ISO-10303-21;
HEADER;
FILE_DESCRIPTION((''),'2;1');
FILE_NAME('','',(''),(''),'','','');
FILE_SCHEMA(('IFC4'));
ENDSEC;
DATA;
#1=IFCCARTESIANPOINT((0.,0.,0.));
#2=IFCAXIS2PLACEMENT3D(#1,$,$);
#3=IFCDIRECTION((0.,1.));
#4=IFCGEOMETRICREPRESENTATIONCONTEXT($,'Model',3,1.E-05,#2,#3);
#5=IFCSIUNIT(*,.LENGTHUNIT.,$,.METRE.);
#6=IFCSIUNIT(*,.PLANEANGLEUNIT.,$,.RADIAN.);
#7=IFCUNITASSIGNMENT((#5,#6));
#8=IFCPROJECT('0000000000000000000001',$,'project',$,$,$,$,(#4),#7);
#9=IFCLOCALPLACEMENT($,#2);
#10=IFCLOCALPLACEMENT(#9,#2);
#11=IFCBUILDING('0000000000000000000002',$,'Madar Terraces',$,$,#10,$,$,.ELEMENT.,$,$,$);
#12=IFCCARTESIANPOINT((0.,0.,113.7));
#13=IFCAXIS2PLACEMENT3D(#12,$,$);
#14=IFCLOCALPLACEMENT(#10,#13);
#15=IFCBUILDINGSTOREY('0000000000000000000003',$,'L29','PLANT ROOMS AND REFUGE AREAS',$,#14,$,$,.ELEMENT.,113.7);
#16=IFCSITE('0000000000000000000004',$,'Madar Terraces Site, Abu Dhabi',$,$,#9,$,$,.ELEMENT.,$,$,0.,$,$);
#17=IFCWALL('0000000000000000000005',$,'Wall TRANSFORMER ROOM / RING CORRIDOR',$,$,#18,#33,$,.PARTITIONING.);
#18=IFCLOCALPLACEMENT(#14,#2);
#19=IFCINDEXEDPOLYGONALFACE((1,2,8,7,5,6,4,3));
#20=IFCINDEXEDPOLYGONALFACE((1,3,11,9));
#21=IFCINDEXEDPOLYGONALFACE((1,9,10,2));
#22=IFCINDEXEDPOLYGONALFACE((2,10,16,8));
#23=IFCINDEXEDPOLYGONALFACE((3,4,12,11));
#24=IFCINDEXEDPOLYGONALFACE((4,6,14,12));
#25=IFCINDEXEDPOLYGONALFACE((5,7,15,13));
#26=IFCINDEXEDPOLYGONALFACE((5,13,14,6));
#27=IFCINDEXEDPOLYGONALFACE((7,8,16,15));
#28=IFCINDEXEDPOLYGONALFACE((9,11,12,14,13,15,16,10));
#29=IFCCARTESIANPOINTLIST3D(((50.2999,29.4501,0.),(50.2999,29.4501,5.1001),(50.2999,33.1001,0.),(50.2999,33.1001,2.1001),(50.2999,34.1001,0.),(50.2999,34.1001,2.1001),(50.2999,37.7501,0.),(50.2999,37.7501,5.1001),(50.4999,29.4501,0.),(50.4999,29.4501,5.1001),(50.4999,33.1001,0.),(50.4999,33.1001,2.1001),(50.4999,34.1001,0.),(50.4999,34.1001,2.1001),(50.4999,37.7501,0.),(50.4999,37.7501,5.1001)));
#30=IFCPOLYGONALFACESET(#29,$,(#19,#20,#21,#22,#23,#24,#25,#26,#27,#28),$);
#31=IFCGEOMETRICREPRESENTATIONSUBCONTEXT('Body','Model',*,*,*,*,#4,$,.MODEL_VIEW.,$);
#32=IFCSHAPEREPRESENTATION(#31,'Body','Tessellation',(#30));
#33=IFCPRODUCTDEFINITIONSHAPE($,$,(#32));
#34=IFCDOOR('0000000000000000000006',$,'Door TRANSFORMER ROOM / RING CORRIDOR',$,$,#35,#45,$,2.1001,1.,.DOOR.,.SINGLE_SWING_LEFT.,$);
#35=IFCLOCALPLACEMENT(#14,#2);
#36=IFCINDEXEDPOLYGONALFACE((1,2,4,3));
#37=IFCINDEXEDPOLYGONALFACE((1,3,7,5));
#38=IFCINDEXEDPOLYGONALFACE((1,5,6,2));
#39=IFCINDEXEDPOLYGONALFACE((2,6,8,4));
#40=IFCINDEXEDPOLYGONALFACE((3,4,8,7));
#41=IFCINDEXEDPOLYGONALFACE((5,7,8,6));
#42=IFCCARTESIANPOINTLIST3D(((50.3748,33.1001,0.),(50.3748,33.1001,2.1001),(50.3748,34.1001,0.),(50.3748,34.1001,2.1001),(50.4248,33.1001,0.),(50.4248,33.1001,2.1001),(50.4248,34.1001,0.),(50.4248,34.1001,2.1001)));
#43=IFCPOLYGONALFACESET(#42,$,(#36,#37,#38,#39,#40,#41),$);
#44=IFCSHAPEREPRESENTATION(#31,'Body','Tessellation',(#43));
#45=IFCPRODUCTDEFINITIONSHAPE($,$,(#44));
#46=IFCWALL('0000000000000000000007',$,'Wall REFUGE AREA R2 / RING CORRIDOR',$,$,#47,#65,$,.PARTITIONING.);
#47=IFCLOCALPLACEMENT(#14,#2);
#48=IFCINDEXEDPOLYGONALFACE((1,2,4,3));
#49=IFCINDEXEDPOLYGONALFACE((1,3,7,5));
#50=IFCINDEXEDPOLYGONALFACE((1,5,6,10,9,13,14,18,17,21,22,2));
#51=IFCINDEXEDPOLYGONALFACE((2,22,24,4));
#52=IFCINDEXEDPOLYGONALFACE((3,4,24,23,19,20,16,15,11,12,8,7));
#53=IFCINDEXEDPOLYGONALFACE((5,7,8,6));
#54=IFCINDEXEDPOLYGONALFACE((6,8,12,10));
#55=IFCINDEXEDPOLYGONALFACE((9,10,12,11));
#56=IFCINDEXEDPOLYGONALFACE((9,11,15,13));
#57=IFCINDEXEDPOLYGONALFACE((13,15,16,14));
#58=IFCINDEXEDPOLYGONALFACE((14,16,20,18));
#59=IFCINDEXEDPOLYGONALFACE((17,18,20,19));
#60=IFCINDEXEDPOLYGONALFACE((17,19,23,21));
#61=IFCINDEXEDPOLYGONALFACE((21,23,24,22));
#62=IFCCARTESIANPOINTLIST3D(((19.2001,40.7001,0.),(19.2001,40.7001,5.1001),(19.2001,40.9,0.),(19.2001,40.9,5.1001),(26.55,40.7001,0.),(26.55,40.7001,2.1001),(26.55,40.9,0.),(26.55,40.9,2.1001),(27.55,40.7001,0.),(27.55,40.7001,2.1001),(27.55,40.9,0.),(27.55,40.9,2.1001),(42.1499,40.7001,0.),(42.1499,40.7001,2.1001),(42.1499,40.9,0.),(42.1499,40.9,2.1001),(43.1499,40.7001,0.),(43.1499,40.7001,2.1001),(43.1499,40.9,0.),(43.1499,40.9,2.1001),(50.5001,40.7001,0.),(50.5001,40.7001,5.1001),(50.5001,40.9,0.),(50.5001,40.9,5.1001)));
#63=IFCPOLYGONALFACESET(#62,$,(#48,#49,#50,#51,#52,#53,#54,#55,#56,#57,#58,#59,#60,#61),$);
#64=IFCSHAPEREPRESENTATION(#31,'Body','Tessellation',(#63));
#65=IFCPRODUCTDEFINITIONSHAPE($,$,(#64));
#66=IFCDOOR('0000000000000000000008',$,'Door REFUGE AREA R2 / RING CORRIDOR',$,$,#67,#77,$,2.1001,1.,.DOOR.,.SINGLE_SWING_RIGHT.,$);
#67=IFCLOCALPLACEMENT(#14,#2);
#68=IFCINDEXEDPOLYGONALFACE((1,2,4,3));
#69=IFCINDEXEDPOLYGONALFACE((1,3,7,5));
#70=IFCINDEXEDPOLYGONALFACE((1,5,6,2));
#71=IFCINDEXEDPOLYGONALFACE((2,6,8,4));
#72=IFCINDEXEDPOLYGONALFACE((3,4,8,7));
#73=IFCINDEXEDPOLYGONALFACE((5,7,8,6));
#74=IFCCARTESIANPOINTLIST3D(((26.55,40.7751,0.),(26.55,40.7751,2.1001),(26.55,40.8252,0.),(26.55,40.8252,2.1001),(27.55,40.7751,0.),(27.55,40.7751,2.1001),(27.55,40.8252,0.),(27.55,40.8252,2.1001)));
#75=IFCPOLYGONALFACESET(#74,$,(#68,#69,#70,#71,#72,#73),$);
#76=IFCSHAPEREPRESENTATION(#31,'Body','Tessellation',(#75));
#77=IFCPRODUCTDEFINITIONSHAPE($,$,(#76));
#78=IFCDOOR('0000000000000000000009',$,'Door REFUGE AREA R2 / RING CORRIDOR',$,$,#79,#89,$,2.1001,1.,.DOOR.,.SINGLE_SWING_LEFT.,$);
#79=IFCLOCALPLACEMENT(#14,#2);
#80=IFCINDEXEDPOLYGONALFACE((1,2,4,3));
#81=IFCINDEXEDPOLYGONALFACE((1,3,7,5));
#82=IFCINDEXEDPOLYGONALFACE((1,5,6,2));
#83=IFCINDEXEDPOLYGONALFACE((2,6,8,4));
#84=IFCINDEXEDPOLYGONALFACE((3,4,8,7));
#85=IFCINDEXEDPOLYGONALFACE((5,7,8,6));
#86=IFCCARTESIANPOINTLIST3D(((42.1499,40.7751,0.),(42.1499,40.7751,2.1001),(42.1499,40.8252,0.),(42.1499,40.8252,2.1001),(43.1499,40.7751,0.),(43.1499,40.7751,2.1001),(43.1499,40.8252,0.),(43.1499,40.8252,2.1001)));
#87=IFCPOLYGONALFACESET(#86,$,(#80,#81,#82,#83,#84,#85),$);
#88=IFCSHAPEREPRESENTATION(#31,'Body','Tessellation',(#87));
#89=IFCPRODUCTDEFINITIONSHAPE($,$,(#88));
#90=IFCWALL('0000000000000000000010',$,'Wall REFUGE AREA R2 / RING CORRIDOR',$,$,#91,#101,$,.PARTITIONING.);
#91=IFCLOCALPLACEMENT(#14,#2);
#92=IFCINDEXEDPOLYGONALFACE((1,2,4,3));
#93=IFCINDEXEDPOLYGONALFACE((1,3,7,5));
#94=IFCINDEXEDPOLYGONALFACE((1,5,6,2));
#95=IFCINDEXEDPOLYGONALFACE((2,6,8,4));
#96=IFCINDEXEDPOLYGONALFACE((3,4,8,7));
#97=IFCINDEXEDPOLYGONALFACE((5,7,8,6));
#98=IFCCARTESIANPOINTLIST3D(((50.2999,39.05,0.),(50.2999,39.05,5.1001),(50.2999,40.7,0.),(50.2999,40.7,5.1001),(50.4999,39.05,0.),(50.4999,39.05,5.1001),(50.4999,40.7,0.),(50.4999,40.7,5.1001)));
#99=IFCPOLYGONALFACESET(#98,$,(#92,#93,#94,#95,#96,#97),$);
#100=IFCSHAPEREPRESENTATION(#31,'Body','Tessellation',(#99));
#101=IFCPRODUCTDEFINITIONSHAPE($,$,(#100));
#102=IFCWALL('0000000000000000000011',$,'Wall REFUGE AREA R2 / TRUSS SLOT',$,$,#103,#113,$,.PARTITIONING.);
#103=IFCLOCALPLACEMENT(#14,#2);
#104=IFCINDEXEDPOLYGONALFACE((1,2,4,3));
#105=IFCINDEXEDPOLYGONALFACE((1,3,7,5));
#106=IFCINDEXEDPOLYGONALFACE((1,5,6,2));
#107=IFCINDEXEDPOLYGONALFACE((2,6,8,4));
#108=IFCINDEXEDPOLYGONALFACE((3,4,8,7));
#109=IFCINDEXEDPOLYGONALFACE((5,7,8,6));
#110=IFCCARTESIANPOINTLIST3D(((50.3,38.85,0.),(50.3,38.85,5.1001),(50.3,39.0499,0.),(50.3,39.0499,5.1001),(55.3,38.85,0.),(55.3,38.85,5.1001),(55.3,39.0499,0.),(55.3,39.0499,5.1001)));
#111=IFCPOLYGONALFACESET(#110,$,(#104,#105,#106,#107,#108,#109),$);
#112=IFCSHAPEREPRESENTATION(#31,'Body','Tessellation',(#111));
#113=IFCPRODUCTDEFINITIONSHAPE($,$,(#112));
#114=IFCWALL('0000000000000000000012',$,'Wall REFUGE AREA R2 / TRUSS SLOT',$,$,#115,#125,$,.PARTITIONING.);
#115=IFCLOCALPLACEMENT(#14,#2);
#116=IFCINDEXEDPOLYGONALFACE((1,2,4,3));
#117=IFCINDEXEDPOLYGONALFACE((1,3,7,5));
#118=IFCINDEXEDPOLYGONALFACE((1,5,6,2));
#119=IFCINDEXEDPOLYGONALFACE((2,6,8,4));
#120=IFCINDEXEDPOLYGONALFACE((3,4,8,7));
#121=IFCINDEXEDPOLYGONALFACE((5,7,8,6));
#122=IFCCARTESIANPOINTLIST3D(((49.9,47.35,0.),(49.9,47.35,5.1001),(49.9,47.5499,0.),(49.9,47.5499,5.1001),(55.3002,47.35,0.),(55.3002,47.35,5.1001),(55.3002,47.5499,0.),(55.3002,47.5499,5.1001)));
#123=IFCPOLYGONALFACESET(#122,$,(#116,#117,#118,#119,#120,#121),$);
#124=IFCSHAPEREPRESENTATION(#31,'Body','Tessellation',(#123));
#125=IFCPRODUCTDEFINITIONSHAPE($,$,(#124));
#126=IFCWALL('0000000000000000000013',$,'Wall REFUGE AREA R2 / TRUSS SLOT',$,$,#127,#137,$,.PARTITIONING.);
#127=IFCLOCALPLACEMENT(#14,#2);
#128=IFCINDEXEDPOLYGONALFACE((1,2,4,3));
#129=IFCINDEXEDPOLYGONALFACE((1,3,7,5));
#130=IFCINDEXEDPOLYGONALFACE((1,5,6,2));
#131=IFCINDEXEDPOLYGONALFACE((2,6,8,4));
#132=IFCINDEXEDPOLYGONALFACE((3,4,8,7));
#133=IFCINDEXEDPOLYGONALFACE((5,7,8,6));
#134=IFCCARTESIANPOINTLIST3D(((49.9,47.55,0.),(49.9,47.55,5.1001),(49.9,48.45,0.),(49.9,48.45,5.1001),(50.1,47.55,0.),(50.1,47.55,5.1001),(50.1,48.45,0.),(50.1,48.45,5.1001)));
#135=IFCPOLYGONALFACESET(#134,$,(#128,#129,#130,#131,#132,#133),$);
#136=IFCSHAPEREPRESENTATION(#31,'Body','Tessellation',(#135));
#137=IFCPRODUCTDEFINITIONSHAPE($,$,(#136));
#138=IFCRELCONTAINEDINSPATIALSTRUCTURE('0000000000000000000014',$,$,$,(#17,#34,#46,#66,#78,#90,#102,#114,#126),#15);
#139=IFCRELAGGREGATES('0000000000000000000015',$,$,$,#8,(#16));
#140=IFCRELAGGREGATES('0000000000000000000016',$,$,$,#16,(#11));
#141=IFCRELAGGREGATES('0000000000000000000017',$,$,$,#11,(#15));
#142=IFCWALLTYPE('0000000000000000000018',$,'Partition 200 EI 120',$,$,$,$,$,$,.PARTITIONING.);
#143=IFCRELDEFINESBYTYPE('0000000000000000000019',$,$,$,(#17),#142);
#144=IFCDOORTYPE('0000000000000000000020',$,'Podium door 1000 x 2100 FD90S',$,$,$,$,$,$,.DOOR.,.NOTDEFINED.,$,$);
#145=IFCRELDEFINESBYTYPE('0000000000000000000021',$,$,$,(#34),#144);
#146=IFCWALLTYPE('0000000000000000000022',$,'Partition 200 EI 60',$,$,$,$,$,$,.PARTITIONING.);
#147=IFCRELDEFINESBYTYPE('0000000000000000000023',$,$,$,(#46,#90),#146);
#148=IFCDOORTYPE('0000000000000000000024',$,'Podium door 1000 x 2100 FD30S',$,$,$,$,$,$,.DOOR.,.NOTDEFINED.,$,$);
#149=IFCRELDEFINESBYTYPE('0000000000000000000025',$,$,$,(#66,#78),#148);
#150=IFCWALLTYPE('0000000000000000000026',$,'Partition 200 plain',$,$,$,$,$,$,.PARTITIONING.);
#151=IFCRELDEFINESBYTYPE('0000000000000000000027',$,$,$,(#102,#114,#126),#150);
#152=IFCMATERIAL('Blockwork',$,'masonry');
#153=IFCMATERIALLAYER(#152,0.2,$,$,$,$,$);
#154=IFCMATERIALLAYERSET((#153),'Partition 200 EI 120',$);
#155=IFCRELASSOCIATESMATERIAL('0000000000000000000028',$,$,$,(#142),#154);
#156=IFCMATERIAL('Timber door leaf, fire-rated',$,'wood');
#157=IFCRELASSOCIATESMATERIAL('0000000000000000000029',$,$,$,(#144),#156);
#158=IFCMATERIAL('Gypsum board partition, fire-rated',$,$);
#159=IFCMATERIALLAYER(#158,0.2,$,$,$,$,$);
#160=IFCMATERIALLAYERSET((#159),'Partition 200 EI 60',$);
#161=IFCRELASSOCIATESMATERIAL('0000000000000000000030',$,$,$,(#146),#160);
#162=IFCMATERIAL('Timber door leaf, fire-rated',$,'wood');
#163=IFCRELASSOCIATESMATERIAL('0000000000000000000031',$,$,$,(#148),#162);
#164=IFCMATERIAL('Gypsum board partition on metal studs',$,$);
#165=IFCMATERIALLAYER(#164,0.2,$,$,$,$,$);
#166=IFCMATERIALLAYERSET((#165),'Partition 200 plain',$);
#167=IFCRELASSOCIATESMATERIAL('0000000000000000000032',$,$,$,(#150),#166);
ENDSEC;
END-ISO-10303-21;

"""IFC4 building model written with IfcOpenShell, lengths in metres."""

from ifc_helpers import new_model, si_unit, direction, frame, frame_2d, origin, place, context, subcontext, project, spatial, rectangle, extrude, material, layer, layer_set, type_object, element, fill, save


model = new_model("IFC4")

# Units and contexts
model_context = context("Model", 3, precision=1e-05, world=origin(), true_north=direction((0.0, 1.0)))
body_context = subcontext(model_context, "Body", "Model", "MODEL_VIEW")
ifc_project = project(units=[si_unit("LENGTHUNIT", "METRE"), si_unit("PLANEANGLEUNIT", "RADIAN")], contexts=[model_context])

# Site, building, storey
site_placement = place(None, origin())
site = spatial("IfcSite", under=ifc_project, at=site_placement, Name="Madar Terraces Site, Abu Dhabi", CompositionType="ELEMENT", RefElevation=0.0)
building_placement = place(site_placement, origin())
building = spatial("IfcBuilding", under=site, at=building_placement, Name="Madar Terraces", CompositionType="ELEMENT")
storey_placement = place(building_placement, frame((0.0, 0.0, 113.7)))
storey = spatial("IfcBuildingStorey", under=building, at=storey_placement, Name="L29", Description="PLANT ROOMS AND REFUGE AREAS", CompositionType="ELEMENT", Elevation=113.7)

# Shared definitions
ifc_material_1 = material(Name="Blockwork", Category="masonry")
ifc_layer_1 = layer(ifc_material_1, 0.2)
ifc_layer_set_1 = layer_set([ifc_layer_1], Name="Partition 200 EI 120")
wall_type_1 = type_object("IfcWallType", Name="Partition 200 EI 120", PredefinedType="PARTITIONING", material=ifc_layer_set_1)

# Wall, opening, door
wall_1_placement = place(storey_placement, frame((50.3999, 37.75, 0.0), z_axis=(0.0, 0.0, 1.0), x_axis=(0.0, -1.0, 0.0)))
wall_1 = element("IfcWall", 1, at=wall_1_placement, inside=storey, type_object=wall_type_1, Name="Wall TRANSFORMER ROOM / RING CORRIDOR", PredefinedType="PARTITIONING", context=body_context, shape_type="SweptSolid", body=[
    extrude(rectangle(XDim=8.3, YDim=0.2, at=frame_2d((4.1499, 0.0))), origin(), (0.0, 0.0, 1.0), 5.1001),
])
opening_1_placement = place(wall_1_placement, frame((3.6499, 0.0, 0.0)))
opening_1 = element("IfcOpeningElement", 2, at=opening_1_placement, cuts=wall_1, PredefinedType="OPENING", context=body_context, shape_type="SweptSolid", body=[
    extrude(rectangle(XDim=1.0, YDim=2.1001, at=frame_2d((0.5, 1.05))), frame((0.0, 0.1099, 0.0), z_axis=(0.0, -1.0, 0.0), x_axis=(1.0, 0.0, 0.0)), (0.0, 0.0, 1.0), 0.22),
])
ifc_material_2 = material(Name="Timber door leaf, fire-rated", Category="wood")
door_type_1 = type_object("IfcDoorType", Name="Podium door 1000 x 2100 FD90S", OperationType="NOTDEFINED", PredefinedType="DOOR", material=ifc_material_2)
door_1_placement = place(opening_1_placement, origin())
door_1 = element("IfcDoor", 3, at=door_1_placement, inside=storey, type_object=door_type_1, Name="Door TRANSFORMER ROOM / RING CORRIDOR", OperationType="SINGLE_SWING_LEFT", OverallHeight=2.1001, OverallWidth=1.0, PredefinedType="DOOR", context=body_context, shape_type="SweptSolid", body=[
    extrude(rectangle(XDim=1.0, YDim=2.1001, at=frame_2d((0.5, 1.05))), frame((0.0, 0.0249, 0.0), z_axis=(0.0, -1.0, 0.0), x_axis=(1.0, 0.0, 0.0)), (0.0, 0.0, 1.0), 0.05),
])
fill(opening_1, door_1)

# Wall, openings, doors
ifc_material_3 = material(Name="Gypsum board partition, fire-rated")
ifc_layer_2 = layer(ifc_material_3, 0.2)
ifc_layer_set_2 = layer_set([ifc_layer_2], Name="Partition 200 EI 60")
wall_type_2 = type_object("IfcWallType", Name="Partition 200 EI 60", PredefinedType="PARTITIONING", material=ifc_layer_set_2)
wall_2_placement = place(storey_placement, frame((50.5, 40.8, 0.0), z_axis=(0.0, 0.0, 1.0), x_axis=(-1.0, 0.0, 0.0)))
wall_2 = element("IfcWall", 4, at=wall_2_placement, inside=storey, type_object=wall_type_2, Name="Wall REFUGE AREA R2 / RING CORRIDOR", PredefinedType="PARTITIONING", context=body_context, shape_type="SweptSolid", body=[
    extrude(rectangle(XDim=31.3, YDim=0.2, at=frame_2d((15.6499, 0.0))), origin(), (0.0, 0.0, 1.0), 5.1001),
])
opening_2_placement = place(wall_2_placement, frame((22.95, 0.0, 0.0)))
opening_2 = element("IfcOpeningElement", 5, at=opening_2_placement, cuts=wall_2, PredefinedType="OPENING", context=body_context, shape_type="SweptSolid", body=[
    extrude(rectangle(XDim=1.0, YDim=2.1001, at=frame_2d((0.5, 1.05))), frame((0.0, 0.1099, 0.0), z_axis=(0.0, -1.0, 0.0), x_axis=(1.0, 0.0, 0.0)), (0.0, 0.0, 1.0), 0.22),
])
opening_3_placement = place(wall_2_placement, frame((7.3501, 0.0, 0.0)))
opening_3 = element("IfcOpeningElement", 6, at=opening_3_placement, cuts=wall_2, PredefinedType="OPENING", context=body_context, shape_type="SweptSolid", body=[
    extrude(rectangle(XDim=1.0, YDim=2.1001, at=frame_2d((0.5, 1.05))), frame((0.0, 0.1099, 0.0), z_axis=(0.0, -1.0, 0.0), x_axis=(1.0, 0.0, 0.0)), (0.0, 0.0, 1.0), 0.22),
])
ifc_material_4 = material(Name="Timber door leaf, fire-rated", Category="wood")
door_type_2 = type_object("IfcDoorType", Name="Podium door 1000 x 2100 FD30S", OperationType="NOTDEFINED", PredefinedType="DOOR", material=ifc_material_4)
door_2_placement = place(opening_2_placement, origin())
door_2 = element("IfcDoor", 7, at=door_2_placement, inside=storey, type_object=door_type_2, Name="Door REFUGE AREA R2 / RING CORRIDOR", OperationType="SINGLE_SWING_RIGHT", OverallHeight=2.1001, OverallWidth=1.0, PredefinedType="DOOR", context=body_context, shape_type="SweptSolid", body=[
    extrude(rectangle(XDim=1.0, YDim=2.1001, at=frame_2d((0.5, 1.05))), frame((0.0, 0.0249, 0.0), z_axis=(0.0, -1.0, 0.0), x_axis=(1.0, 0.0, 0.0)), (0.0, 0.0, 1.0), 0.05),
])
fill(opening_2, door_2)
door_3_placement = place(opening_3_placement, origin())
door_3 = element("IfcDoor", 8, at=door_3_placement, inside=storey, type_object=door_type_2, Name="Door REFUGE AREA R2 / RING CORRIDOR", OperationType="SINGLE_SWING_LEFT", OverallHeight=2.1001, OverallWidth=1.0, PredefinedType="DOOR", context=body_context, shape_type="SweptSolid", body=[
    extrude(rectangle(XDim=1.0, YDim=2.1001, at=frame_2d((0.5, 1.05))), frame((0.0, 0.0249, 0.0), z_axis=(0.0, -1.0, 0.0), x_axis=(1.0, 0.0, 0.0)), (0.0, 0.0, 1.0), 0.05),
])
fill(opening_3, door_3)

# Walls
wall_3_placement = place(storey_placement, frame((50.3999, 39.05, 0.0), z_axis=(0.0, 0.0, 1.0), x_axis=(0.0, 1.0, 0.0)))
element("IfcWall", 9, at=wall_3_placement, inside=storey, type_object=wall_type_2, Name="Wall REFUGE AREA R2 / RING CORRIDOR", PredefinedType="PARTITIONING", context=body_context, shape_type="SweptSolid", body=[
    extrude(rectangle(XDim=1.6499, YDim=0.2, at=frame_2d((0.825, 0.0))), origin(), (0.0, 0.0, 1.0), 5.1001),
])
ifc_material_5 = material(Name="Gypsum board partition on metal studs")
ifc_layer_3 = layer(ifc_material_5, 0.2)
ifc_layer_set_3 = layer_set([ifc_layer_3], Name="Partition 200 plain")
wall_type_3 = type_object("IfcWallType", Name="Partition 200 plain", PredefinedType="PARTITIONING", material=ifc_layer_set_3)
wall_4_placement = place(storey_placement, frame((50.3, 38.95, 0.0), z_axis=(0.0, 0.0, 1.0), x_axis=(1.0, 0.0, 0.0)))
element("IfcWall", 10, at=wall_4_placement, inside=storey, type_object=wall_type_3, Name="Wall REFUGE AREA R2 / TRUSS SLOT", PredefinedType="PARTITIONING", context=body_context, shape_type="SweptSolid", body=[
    extrude(rectangle(XDim=5.0, YDim=0.2, at=frame_2d((2.5, 0.0))), origin(), (0.0, 0.0, 1.0), 5.1001),
])
wall_5_placement = place(storey_placement, frame((49.8999, 47.45, 0.0), z_axis=(0.0, 0.0, 1.0), x_axis=(1.0, 0.0, 0.0)))
element("IfcWall", 11, at=wall_5_placement, inside=storey, type_object=wall_type_3, Name="Wall REFUGE AREA R2 / TRUSS SLOT", PredefinedType="PARTITIONING", context=body_context, shape_type="SweptSolid", body=[
    extrude(rectangle(XDim=5.4001, YDim=0.2, at=frame_2d((2.7002, 0.0))), origin(), (0.0, 0.0, 1.0), 5.1001),
])
wall_6_placement = place(storey_placement, frame((50.0, 47.55, 0.0), z_axis=(0.0, 0.0, 1.0), x_axis=(0.0, 1.0, 0.0)))
element("IfcWall", 12, at=wall_6_placement, inside=storey, type_object=wall_type_3, Name="Wall REFUGE AREA R2 / TRUSS SLOT", PredefinedType="PARTITIONING", context=body_context, shape_type="SweptSolid", body=[
    extrude(rectangle(XDim=0.8999, YDim=0.2, at=frame_2d((0.45, 0.0))), origin(), (0.0, 0.0, 1.0), 5.1001),
])

save(model, "model.ifc")
